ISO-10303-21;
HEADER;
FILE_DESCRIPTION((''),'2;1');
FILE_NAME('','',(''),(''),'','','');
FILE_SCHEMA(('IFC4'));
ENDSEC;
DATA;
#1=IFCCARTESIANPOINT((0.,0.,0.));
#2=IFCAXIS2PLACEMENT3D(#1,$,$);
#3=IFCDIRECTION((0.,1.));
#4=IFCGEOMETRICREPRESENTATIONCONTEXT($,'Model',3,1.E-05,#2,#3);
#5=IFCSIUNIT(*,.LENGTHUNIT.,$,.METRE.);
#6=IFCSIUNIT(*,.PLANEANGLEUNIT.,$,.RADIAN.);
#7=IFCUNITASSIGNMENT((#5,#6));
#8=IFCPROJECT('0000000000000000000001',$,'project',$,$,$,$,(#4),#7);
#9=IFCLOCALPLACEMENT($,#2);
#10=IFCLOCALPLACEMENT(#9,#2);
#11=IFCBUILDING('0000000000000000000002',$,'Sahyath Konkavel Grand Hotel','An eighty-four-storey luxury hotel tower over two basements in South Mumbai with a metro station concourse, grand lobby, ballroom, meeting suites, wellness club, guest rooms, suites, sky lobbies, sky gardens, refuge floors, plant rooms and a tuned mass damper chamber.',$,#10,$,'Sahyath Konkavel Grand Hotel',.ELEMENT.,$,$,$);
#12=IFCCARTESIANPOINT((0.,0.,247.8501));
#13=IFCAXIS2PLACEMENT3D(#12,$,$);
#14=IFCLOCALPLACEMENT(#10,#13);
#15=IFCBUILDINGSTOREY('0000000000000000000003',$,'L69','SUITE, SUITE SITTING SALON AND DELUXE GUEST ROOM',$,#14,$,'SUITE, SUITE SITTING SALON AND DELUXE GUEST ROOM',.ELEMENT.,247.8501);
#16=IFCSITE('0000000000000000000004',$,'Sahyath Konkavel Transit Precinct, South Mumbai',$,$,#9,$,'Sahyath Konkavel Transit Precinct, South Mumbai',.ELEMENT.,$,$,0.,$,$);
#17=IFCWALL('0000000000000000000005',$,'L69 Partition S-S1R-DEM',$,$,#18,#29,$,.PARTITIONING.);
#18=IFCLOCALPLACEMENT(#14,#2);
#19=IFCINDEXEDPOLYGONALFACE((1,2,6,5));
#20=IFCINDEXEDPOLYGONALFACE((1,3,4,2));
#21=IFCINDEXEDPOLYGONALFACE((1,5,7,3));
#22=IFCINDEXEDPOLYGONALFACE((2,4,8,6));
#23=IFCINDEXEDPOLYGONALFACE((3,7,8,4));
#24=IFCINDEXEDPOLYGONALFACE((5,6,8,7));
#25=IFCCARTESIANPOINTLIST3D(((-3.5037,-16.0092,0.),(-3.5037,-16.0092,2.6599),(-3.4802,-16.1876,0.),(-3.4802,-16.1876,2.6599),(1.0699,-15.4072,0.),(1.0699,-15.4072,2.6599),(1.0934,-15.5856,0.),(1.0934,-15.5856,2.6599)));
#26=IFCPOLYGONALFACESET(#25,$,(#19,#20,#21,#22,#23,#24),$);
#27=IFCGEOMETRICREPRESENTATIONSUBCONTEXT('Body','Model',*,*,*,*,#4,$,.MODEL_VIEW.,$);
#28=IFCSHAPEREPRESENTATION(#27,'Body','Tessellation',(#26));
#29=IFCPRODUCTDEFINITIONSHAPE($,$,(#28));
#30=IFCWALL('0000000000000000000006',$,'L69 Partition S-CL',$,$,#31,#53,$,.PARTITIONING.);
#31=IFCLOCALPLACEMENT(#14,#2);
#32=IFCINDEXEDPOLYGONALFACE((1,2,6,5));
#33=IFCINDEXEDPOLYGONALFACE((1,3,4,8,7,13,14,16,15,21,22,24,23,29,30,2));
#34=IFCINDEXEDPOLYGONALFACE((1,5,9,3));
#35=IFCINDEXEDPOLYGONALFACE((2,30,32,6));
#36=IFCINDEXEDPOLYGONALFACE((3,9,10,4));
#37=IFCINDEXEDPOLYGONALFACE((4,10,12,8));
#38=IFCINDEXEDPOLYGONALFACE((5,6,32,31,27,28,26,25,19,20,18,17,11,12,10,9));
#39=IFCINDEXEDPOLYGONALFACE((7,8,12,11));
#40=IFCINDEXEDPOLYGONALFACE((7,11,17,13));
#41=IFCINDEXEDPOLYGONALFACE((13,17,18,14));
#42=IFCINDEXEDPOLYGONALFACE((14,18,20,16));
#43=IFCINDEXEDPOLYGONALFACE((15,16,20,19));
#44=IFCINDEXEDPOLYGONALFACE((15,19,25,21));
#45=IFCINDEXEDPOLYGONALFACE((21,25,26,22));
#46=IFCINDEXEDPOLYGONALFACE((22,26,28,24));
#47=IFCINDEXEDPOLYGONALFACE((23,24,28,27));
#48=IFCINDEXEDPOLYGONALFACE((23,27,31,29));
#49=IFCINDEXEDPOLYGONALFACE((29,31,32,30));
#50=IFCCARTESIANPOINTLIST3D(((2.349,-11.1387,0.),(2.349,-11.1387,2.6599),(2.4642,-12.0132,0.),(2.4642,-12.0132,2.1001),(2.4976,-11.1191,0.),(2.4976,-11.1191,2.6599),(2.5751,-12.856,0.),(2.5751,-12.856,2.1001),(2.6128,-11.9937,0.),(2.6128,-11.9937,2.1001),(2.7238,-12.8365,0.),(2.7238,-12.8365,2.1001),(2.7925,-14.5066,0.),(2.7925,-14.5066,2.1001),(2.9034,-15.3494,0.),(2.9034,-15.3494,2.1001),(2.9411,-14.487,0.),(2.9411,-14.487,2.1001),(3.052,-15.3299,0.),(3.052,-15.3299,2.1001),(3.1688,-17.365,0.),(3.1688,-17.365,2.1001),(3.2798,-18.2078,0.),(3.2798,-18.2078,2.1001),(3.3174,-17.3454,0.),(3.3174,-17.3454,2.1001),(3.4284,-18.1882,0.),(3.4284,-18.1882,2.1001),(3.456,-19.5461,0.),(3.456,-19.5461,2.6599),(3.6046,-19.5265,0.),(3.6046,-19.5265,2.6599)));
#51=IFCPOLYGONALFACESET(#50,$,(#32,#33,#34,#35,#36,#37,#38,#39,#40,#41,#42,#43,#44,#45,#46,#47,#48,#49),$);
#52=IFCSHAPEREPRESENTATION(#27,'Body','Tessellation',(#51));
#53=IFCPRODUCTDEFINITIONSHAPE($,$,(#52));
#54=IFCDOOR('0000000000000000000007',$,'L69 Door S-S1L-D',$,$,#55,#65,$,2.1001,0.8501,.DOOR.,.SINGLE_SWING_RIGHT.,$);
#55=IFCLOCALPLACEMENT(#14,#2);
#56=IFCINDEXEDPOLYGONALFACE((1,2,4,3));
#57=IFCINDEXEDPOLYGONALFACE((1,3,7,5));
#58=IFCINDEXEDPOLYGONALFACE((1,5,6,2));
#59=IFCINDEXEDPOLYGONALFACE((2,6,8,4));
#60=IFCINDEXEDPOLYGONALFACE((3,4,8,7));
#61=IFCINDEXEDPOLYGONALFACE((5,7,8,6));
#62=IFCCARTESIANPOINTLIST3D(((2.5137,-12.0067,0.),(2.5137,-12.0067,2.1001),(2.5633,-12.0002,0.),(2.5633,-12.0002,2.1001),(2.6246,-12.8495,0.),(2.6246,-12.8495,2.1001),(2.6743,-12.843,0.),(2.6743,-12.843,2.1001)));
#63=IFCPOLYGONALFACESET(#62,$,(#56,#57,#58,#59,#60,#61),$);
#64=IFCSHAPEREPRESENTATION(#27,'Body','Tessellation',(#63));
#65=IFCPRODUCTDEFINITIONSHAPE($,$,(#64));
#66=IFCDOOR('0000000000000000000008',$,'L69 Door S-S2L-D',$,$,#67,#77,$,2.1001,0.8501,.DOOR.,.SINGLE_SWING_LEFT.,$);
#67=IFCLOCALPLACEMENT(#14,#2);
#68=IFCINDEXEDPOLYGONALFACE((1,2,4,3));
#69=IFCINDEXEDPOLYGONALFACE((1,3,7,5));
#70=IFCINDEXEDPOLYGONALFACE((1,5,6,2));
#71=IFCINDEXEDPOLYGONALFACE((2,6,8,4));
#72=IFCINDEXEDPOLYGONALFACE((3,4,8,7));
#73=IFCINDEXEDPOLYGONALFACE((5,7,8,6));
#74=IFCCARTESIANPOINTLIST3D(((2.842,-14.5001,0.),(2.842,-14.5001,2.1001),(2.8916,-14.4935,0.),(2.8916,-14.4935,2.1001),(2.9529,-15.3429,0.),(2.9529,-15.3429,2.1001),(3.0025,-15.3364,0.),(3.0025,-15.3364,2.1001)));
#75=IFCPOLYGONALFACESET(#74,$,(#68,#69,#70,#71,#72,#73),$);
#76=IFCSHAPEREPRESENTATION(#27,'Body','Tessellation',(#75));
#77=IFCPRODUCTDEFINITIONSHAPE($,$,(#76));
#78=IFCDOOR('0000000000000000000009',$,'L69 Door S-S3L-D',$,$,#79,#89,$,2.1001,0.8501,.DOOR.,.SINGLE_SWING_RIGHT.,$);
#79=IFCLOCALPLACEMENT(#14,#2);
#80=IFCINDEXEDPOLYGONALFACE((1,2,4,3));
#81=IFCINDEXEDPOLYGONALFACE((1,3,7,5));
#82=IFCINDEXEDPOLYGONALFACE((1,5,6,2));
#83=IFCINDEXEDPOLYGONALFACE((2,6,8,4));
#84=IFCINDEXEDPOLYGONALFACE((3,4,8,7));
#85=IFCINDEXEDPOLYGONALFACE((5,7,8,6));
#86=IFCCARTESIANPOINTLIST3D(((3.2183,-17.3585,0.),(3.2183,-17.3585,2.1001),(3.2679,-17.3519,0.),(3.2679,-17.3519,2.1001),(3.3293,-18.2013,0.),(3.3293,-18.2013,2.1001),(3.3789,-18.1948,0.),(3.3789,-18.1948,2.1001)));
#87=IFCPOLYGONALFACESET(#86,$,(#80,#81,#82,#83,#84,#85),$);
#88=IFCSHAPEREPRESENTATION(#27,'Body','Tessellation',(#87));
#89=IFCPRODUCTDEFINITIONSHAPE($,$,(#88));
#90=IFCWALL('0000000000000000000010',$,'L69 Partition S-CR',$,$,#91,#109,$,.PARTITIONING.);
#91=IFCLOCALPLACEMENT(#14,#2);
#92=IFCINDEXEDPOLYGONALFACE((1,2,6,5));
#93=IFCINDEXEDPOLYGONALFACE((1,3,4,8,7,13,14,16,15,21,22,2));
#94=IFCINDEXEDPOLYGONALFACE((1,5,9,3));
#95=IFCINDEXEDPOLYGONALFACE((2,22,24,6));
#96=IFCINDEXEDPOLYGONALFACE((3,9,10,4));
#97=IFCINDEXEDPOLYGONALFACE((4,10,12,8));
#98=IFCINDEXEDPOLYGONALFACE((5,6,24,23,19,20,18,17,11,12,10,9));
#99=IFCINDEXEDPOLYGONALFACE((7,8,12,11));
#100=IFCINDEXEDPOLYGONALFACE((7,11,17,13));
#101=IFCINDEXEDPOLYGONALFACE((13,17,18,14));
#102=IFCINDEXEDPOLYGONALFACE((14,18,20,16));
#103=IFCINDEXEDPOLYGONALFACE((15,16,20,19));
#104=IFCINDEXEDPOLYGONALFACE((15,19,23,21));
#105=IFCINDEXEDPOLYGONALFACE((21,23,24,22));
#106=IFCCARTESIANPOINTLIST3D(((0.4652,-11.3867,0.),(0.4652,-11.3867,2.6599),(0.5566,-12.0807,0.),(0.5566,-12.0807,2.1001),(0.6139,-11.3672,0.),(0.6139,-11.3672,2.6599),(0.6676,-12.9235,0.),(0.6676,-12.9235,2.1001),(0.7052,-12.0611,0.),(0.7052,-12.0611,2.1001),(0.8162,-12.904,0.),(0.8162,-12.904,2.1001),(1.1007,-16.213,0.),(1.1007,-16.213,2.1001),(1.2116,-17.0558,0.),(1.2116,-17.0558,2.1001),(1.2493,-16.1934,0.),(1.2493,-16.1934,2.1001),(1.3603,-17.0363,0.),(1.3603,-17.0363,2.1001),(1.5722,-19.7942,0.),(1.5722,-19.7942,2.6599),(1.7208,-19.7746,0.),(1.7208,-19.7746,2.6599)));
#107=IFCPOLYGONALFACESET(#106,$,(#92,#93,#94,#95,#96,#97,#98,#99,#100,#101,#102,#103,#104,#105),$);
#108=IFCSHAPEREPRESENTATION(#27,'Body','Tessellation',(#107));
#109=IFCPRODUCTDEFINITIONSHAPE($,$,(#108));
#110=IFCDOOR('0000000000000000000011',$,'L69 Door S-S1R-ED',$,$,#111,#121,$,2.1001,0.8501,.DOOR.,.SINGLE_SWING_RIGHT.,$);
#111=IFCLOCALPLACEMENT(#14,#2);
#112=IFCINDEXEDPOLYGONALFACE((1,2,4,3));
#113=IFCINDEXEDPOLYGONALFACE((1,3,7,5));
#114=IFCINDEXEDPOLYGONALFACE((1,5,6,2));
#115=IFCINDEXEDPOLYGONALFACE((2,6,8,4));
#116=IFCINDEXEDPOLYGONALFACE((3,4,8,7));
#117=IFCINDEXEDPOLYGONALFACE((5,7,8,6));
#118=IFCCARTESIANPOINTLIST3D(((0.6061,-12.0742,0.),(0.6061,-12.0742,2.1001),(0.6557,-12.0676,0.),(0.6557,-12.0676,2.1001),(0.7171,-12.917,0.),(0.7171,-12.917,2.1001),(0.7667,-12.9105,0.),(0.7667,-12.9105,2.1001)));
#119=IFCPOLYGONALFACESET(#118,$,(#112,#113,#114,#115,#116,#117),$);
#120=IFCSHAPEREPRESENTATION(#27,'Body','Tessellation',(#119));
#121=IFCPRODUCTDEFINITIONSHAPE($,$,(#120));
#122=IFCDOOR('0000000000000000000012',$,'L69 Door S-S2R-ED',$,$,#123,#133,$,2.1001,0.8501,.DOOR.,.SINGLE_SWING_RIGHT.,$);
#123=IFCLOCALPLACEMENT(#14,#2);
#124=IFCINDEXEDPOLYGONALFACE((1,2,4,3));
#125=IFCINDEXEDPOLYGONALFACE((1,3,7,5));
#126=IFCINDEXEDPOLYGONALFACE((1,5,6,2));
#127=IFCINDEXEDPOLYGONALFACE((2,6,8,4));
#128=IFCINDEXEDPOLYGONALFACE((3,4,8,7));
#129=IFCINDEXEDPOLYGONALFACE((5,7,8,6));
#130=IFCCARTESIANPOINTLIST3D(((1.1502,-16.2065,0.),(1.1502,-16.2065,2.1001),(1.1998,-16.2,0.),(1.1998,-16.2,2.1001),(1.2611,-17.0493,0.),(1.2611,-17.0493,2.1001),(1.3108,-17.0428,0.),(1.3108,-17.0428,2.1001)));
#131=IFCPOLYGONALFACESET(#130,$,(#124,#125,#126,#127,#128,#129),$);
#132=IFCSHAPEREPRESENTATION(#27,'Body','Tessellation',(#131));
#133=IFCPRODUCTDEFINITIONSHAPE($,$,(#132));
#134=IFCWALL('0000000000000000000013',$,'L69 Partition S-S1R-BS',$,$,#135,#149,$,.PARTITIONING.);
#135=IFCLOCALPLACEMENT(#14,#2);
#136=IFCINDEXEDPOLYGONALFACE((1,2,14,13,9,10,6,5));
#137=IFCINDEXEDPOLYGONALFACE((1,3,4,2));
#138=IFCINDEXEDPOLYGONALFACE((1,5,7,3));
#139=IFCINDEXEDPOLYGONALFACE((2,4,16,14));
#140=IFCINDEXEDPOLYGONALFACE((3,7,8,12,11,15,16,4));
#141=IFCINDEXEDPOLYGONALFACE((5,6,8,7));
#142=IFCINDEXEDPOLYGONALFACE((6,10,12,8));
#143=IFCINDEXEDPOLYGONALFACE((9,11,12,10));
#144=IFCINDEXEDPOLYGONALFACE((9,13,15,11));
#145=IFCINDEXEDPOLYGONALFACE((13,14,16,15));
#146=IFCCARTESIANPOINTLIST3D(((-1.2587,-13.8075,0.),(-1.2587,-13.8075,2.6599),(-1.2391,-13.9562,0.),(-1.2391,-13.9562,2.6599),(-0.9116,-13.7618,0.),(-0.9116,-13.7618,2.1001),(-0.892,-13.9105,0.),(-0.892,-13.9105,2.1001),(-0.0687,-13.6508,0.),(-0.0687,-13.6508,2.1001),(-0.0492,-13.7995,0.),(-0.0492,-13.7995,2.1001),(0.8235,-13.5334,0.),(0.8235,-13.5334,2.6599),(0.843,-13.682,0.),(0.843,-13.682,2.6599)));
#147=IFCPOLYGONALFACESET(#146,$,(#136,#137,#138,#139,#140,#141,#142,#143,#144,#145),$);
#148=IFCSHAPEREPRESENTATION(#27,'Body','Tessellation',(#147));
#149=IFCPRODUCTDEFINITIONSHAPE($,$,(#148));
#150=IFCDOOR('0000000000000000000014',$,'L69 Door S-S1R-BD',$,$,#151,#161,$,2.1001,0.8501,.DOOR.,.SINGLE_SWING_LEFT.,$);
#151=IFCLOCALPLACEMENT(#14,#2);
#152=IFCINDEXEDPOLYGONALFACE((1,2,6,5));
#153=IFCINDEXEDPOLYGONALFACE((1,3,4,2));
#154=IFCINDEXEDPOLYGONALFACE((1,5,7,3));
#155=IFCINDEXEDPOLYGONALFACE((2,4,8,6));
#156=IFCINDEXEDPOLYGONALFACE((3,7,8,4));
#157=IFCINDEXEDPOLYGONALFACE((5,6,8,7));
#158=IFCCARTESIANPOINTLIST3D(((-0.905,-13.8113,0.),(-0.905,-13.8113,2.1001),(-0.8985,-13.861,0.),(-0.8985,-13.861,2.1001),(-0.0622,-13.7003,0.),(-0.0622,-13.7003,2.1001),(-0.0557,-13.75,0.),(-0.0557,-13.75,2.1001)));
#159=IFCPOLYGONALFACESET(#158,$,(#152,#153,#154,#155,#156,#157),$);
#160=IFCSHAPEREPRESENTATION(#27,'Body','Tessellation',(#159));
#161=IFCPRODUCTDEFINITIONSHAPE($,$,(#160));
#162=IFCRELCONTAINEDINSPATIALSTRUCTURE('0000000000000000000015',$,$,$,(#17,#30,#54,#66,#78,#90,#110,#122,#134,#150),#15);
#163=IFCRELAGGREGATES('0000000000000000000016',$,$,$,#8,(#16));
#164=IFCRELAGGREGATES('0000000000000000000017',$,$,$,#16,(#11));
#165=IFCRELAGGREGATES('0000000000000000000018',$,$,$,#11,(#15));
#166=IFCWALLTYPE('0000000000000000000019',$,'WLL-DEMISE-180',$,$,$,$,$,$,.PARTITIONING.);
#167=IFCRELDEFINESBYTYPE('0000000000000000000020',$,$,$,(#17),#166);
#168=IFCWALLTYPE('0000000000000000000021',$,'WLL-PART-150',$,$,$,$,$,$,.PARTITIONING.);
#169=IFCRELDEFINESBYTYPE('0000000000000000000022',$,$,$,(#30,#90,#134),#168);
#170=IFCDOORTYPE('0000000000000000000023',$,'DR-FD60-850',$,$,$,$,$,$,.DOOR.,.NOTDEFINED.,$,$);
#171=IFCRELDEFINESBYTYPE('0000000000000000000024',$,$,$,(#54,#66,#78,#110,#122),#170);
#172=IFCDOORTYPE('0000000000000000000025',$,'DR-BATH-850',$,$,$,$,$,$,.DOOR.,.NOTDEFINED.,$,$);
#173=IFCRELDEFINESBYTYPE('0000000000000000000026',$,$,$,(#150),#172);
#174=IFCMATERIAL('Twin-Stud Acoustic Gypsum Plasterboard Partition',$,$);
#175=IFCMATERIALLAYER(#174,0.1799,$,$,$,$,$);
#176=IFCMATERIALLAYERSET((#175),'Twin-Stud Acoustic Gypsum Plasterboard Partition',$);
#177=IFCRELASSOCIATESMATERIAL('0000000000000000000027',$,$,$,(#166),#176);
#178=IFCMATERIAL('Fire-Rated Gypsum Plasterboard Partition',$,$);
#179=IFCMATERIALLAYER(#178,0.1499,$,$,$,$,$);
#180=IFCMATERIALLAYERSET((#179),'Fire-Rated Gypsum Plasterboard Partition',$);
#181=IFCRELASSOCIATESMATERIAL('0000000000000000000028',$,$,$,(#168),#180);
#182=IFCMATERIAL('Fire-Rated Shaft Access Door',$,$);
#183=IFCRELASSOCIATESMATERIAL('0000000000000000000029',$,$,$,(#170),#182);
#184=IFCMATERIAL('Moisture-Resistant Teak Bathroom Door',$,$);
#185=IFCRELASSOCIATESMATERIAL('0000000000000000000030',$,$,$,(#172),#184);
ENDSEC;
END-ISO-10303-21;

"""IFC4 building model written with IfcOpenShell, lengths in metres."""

from ifc_helpers import new_model, si_unit, direction, frame, frame_2d, origin, origin_2d, place, context, subcontext, project, spatial, rectangle, extrude, source, transform, mapped, material, layer, layer_set, type_object, element, fill, save


model = new_model("IFC4")

# Units and contexts
model_context = context("Model", 3, precision=1e-05, world=origin(), true_north=direction((0.0, 1.0)))
body_context = subcontext(model_context, "Body", "Model", "MODEL_VIEW")
ifc_project = project(units=[si_unit("LENGTHUNIT", "METRE"), si_unit("PLANEANGLEUNIT", "RADIAN")], contexts=[model_context])

# Site, building, storey
site_placement = place(None, origin())
site = spatial("IfcSite", under=ifc_project, at=site_placement, Name="Sahyath Konkavel Transit Precinct, South Mumbai", LongName="Sahyath Konkavel Transit Precinct, South Mumbai", CompositionType="ELEMENT", RefElevation=0.0)
building_placement = place(site_placement, origin())
building = spatial("IfcBuilding", under=site, at=building_placement, Name="Sahyath Konkavel Grand Hotel", Description="An eighty-four-storey luxury hotel tower over two basements in South Mumbai with a metro station concourse, grand lobby, ballroom, meeting suites, wellness club, guest rooms, suites, sky lobbies, sky gardens, refuge floors, plant rooms and a tuned mass damper chamber.", LongName="Sahyath Konkavel Grand Hotel", CompositionType="ELEMENT")
storey_placement = place(building_placement, frame((0.0, 0.0, 247.8501)))
storey = spatial("IfcBuildingStorey", under=building, at=storey_placement, Name="L69", Description="SUITE, SUITE SITTING SALON AND DELUXE GUEST ROOM", LongName="SUITE, SUITE SITTING SALON AND DELUXE GUEST ROOM", CompositionType="ELEMENT", Elevation=247.8501)

# Wall
ifc_material_1 = material(Name="Twin-Stud Acoustic Gypsum Plasterboard Partition")
ifc_layer_1 = layer(ifc_material_1, 0.1799)
ifc_layer_set_1 = layer_set([ifc_layer_1], Name="Twin-Stud Acoustic Gypsum Plasterboard Partition")
wall_type_1 = type_object("IfcWallType", Name="WLL-DEMISE-180", PredefinedType="PARTITIONING", material=ifc_layer_set_1)
for number, where, z_axis, x_axis, name in (
    (1, (1.0818, -15.4963, 0.0), (0.0, 0.0, 1.0), (-0.991447, -0.130513, 0.0), "L69 Partition S-S1R-DEM"),
):
    element("IfcWall", number, at=place(storey_placement, frame(where, z_axis=z_axis, x_axis=x_axis)), inside=storey, type_object=wall_type_1, Name=name, PredefinedType="PARTITIONING", context=body_context, shape_type="SweptSolid", body=[
        extrude(rectangle(XDim=4.613, YDim=0.1799, at=frame_2d((2.3066, 0.0))), origin(), (0.0, 0.0, 1.0), 2.6599),
    ])

# Walls, openings, doors
ifc_material_2 = material(Name="Fire-Rated Gypsum Plasterboard Partition")
ifc_layer_2 = layer(ifc_material_2, 0.1499)
ifc_layer_set_2 = layer_set([ifc_layer_2], Name="Fire-Rated Gypsum Plasterboard Partition")
wall_type_2 = type_object("IfcWallType", Name="WLL-PART-150", PredefinedType="PARTITIONING", material=ifc_layer_set_2)
wall_1_placement = place(storey_placement, frame((2.4233, -11.1289, 0.0), z_axis=(0.0, 0.0, 1.0), x_axis=(0.130534, -0.991444, 0.0)))
wall_1 = element("IfcWall", 2, at=wall_1_placement, inside=storey, type_object=wall_type_2, Name="L69 Partition S-CL", PredefinedType="PARTITIONING", context=body_context, shape_type="SweptSolid", body=[
    extrude(rectangle(XDim=8.48, YDim=0.1499, at=frame_2d((4.24, 0.0))), origin(), (0.0, 0.0, 1.0), 2.6599),
])
opening_1_placement = place(wall_1_placement, frame((0.8821, 0.0, 0.0)))
opening_1 = element("IfcOpeningElement", 3, at=opening_1_placement, cuts=wall_1, PredefinedType="OPENING", context=body_context, shape_type="SweptSolid", body=[
    extrude(rectangle(XDim=0.8501, YDim=2.1001, at=frame_2d((0.425, 1.05))), frame((0.0, 0.085, 0.0), z_axis=(0.0, -1.0, 0.0), x_axis=(1.0, 0.0, 0.0)), (0.0, 0.0, 1.0), 0.1699),
])
opening_2_placement = place(wall_1_placement, frame((3.397, 0.0, 0.0)))
opening_2 = element("IfcOpeningElement", 4, at=opening_2_placement, cuts=wall_1, PredefinedType="OPENING", context=body_context, shape_type="SweptSolid", body=[
    extrude(rectangle(XDim=0.8501, YDim=2.1001, at=frame_2d((0.425, 1.05))), frame((0.0, 0.085, 0.0), z_axis=(0.0, -1.0, 0.0), x_axis=(1.0, 0.0, 0.0)), (0.0, 0.0, 1.0), 0.1699),
])
opening_3_placement = place(wall_1_placement, frame((6.28, 0.0, 0.0)))
opening_3 = element("IfcOpeningElement", 5, at=opening_3_placement, cuts=wall_1, PredefinedType="OPENING", context=body_context, shape_type="SweptSolid", body=[
    extrude(rectangle(XDim=0.8501, YDim=2.1001, at=frame_2d((0.425, 1.05))), frame((0.0, 0.085, 0.0), z_axis=(0.0, -1.0, 0.0), x_axis=(1.0, 0.0, 0.0)), (0.0, 0.0, 1.0), 0.1699),
])
ifc_material_3 = material(Name="Fire-Rated Shaft Access Door")
door_type_1 = type_object("IfcDoorType", Name="DR-FD60-850", OperationType="NOTDEFINED", PredefinedType="DOOR", material=ifc_material_3)
shared_shape_1 = source(origin(), body_context, "Body", "SweptSolid", [
    extrude(rectangle(XDim=0.8501, YDim=0.05, at=origin_2d()), origin(), (0.0, 0.0, 1.0), 2.1001),
])
door_1_placement = place(opening_1_placement, frame((0.425, 0.0, 0.0)))
door_1 = element("IfcDoor", 6, at=door_1_placement, inside=storey, type_object=door_type_1, Name="L69 Door S-S1L-D", OperationType="SINGLE_SWING_RIGHT", OverallHeight=2.1001, OverallWidth=0.8501, PredefinedType="DOOR", context=body_context, shape_type="MappedRepresentation", body=[
    mapped(shared_shape_1, transform((0.0, 0.0, 0.0), scale=1.0)),
])
fill(opening_1, door_1)
door_2_placement = place(opening_2_placement, frame((0.425, 0.0, 0.0)))
door_2 = element("IfcDoor", 7, at=door_2_placement, inside=storey, type_object=door_type_1, Name="L69 Door S-S2L-D", OperationType="SINGLE_SWING_LEFT", OverallHeight=2.1001, OverallWidth=0.8501, PredefinedType="DOOR", context=body_context, shape_type="MappedRepresentation", body=[
    mapped(shared_shape_1, transform((0.0, 0.0, 0.0), scale=1.0)),
])
fill(opening_2, door_2)
door_3_placement = place(opening_3_placement, frame((0.425, 0.0, 0.0)))
door_3 = element("IfcDoor", 8, at=door_3_placement, inside=storey, type_object=door_type_1, Name="L69 Door S-S3L-D", OperationType="SINGLE_SWING_RIGHT", OverallHeight=2.1001, OverallWidth=0.8501, PredefinedType="DOOR", context=body_context, shape_type="MappedRepresentation", body=[
    mapped(shared_shape_1, transform((0.0, 0.0, 0.0), scale=1.0)),
])
fill(opening_3, door_3)
wall_2_placement = place(storey_placement, frame((0.5396, -11.377, 0.0), z_axis=(0.0, 0.0, 1.0), x_axis=(0.130534, -0.991444, 0.0)))
wall_2 = element("IfcWall", 9, at=wall_2_placement, inside=storey, type_object=wall_type_2, Name="L69 Partition S-CR", PredefinedType="PARTITIONING", context=body_context, shape_type="SweptSolid", body=[
    extrude(rectangle(XDim=8.48, YDim=0.1499, at=frame_2d((4.24, 0.0))), origin(), (0.0, 0.0, 1.0), 2.6599),
])
opening_4_placement = place(wall_2_placement, frame((0.7, 0.0, 0.0)))
opening_4 = element("IfcOpeningElement", 10, at=opening_4_placement, cuts=wall_2, PredefinedType="OPENING", context=body_context, shape_type="SweptSolid", body=[
    extrude(rectangle(XDim=0.8501, YDim=2.1001, at=frame_2d((0.425, 1.05))), frame((0.0, 0.085, 0.0), z_axis=(0.0, -1.0, 0.0), x_axis=(1.0, 0.0, 0.0)), (0.0, 0.0, 1.0), 0.1699),
])
opening_5_placement = place(wall_2_placement, frame((4.8679, 0.0, 0.0)))
opening_5 = element("IfcOpeningElement", 11, at=opening_5_placement, cuts=wall_2, PredefinedType="OPENING", context=body_context, shape_type="SweptSolid", body=[
    extrude(rectangle(XDim=0.8501, YDim=2.1001, at=frame_2d((0.425, 1.05))), frame((0.0, 0.085, 0.0), z_axis=(0.0, -1.0, 0.0), x_axis=(1.0, 0.0, 0.0)), (0.0, 0.0, 1.0), 0.1699),
])
door_4_placement = place(opening_4_placement, frame((0.425, 0.0, 0.0)))
door_4 = element("IfcDoor", 12, at=door_4_placement, inside=storey, type_object=door_type_1, Name="L69 Door S-S1R-ED", OperationType="SINGLE_SWING_RIGHT", OverallHeight=2.1001, OverallWidth=0.8501, PredefinedType="DOOR", context=body_context, shape_type="MappedRepresentation", body=[
    mapped(shared_shape_1, transform((0.0, 0.0, 0.0), scale=1.0)),
])
fill(opening_4, door_4)
door_5_placement = place(opening_5_placement, frame((0.425, 0.0, 0.0)))
door_5 = element("IfcDoor", 13, at=door_5_placement, inside=storey, type_object=door_type_1, Name="L69 Door S-S2R-ED", OperationType="SINGLE_SWING_RIGHT", OverallHeight=2.1001, OverallWidth=0.8501, PredefinedType="DOOR", context=body_context, shape_type="MappedRepresentation", body=[
    mapped(shared_shape_1, transform((0.0, 0.0, 0.0), scale=1.0)),
])
fill(opening_5, door_5)

# Wall, opening, door
wall_3_placement = place(storey_placement, frame((0.8333, -13.6077, 0.0), z_axis=(0.0, 0.0, 1.0), x_axis=(-0.991441, -0.130557, 0.0)))
wall_3 = element("IfcWall", 14, at=wall_3_placement, inside=storey, type_object=wall_type_2, Name="L69 Partition S-S1R-BS", PredefinedType="PARTITIONING", context=body_context, shape_type="SweptSolid", body=[
    extrude(rectangle(XDim=2.1001, YDim=0.1499, at=frame_2d((1.05, 0.0))), origin(), (0.0, 0.0, 1.0), 2.6599),
])
opening_6_placement = place(wall_3_placement, frame((0.8999, 0.0, 0.0)))
opening_6 = element("IfcOpeningElement", 15, at=opening_6_placement, cuts=wall_3, PredefinedType="OPENING", context=body_context, shape_type="SweptSolid", body=[
    extrude(rectangle(XDim=0.8501, YDim=2.1001, at=frame_2d((0.425, 1.05))), frame((0.0, 0.085, 0.0), z_axis=(0.0, -1.0, 0.0), x_axis=(1.0, 0.0, 0.0)), (0.0, 0.0, 1.0), 0.1699),
])
ifc_material_4 = material(Name="Moisture-Resistant Teak Bathroom Door")
door_type_2 = type_object("IfcDoorType", Name="DR-BATH-850", OperationType="NOTDEFINED", PredefinedType="DOOR", material=ifc_material_4)
door_6_placement = place(opening_6_placement, frame((0.425, 0.0, 0.0)))
door_6 = element("IfcDoor", 16, at=door_6_placement, inside=storey, type_object=door_type_2, Name="L69 Door S-S1R-BD", OperationType="SINGLE_SWING_LEFT", OverallHeight=2.1001, OverallWidth=0.8501, PredefinedType="DOOR", context=body_context, shape_type="MappedRepresentation", body=[
    mapped(shared_shape_1, transform((0.0, 0.0, 0.0), scale=1.0)),
])
fill(opening_6, door_6)

save(model, "model.ifc")
